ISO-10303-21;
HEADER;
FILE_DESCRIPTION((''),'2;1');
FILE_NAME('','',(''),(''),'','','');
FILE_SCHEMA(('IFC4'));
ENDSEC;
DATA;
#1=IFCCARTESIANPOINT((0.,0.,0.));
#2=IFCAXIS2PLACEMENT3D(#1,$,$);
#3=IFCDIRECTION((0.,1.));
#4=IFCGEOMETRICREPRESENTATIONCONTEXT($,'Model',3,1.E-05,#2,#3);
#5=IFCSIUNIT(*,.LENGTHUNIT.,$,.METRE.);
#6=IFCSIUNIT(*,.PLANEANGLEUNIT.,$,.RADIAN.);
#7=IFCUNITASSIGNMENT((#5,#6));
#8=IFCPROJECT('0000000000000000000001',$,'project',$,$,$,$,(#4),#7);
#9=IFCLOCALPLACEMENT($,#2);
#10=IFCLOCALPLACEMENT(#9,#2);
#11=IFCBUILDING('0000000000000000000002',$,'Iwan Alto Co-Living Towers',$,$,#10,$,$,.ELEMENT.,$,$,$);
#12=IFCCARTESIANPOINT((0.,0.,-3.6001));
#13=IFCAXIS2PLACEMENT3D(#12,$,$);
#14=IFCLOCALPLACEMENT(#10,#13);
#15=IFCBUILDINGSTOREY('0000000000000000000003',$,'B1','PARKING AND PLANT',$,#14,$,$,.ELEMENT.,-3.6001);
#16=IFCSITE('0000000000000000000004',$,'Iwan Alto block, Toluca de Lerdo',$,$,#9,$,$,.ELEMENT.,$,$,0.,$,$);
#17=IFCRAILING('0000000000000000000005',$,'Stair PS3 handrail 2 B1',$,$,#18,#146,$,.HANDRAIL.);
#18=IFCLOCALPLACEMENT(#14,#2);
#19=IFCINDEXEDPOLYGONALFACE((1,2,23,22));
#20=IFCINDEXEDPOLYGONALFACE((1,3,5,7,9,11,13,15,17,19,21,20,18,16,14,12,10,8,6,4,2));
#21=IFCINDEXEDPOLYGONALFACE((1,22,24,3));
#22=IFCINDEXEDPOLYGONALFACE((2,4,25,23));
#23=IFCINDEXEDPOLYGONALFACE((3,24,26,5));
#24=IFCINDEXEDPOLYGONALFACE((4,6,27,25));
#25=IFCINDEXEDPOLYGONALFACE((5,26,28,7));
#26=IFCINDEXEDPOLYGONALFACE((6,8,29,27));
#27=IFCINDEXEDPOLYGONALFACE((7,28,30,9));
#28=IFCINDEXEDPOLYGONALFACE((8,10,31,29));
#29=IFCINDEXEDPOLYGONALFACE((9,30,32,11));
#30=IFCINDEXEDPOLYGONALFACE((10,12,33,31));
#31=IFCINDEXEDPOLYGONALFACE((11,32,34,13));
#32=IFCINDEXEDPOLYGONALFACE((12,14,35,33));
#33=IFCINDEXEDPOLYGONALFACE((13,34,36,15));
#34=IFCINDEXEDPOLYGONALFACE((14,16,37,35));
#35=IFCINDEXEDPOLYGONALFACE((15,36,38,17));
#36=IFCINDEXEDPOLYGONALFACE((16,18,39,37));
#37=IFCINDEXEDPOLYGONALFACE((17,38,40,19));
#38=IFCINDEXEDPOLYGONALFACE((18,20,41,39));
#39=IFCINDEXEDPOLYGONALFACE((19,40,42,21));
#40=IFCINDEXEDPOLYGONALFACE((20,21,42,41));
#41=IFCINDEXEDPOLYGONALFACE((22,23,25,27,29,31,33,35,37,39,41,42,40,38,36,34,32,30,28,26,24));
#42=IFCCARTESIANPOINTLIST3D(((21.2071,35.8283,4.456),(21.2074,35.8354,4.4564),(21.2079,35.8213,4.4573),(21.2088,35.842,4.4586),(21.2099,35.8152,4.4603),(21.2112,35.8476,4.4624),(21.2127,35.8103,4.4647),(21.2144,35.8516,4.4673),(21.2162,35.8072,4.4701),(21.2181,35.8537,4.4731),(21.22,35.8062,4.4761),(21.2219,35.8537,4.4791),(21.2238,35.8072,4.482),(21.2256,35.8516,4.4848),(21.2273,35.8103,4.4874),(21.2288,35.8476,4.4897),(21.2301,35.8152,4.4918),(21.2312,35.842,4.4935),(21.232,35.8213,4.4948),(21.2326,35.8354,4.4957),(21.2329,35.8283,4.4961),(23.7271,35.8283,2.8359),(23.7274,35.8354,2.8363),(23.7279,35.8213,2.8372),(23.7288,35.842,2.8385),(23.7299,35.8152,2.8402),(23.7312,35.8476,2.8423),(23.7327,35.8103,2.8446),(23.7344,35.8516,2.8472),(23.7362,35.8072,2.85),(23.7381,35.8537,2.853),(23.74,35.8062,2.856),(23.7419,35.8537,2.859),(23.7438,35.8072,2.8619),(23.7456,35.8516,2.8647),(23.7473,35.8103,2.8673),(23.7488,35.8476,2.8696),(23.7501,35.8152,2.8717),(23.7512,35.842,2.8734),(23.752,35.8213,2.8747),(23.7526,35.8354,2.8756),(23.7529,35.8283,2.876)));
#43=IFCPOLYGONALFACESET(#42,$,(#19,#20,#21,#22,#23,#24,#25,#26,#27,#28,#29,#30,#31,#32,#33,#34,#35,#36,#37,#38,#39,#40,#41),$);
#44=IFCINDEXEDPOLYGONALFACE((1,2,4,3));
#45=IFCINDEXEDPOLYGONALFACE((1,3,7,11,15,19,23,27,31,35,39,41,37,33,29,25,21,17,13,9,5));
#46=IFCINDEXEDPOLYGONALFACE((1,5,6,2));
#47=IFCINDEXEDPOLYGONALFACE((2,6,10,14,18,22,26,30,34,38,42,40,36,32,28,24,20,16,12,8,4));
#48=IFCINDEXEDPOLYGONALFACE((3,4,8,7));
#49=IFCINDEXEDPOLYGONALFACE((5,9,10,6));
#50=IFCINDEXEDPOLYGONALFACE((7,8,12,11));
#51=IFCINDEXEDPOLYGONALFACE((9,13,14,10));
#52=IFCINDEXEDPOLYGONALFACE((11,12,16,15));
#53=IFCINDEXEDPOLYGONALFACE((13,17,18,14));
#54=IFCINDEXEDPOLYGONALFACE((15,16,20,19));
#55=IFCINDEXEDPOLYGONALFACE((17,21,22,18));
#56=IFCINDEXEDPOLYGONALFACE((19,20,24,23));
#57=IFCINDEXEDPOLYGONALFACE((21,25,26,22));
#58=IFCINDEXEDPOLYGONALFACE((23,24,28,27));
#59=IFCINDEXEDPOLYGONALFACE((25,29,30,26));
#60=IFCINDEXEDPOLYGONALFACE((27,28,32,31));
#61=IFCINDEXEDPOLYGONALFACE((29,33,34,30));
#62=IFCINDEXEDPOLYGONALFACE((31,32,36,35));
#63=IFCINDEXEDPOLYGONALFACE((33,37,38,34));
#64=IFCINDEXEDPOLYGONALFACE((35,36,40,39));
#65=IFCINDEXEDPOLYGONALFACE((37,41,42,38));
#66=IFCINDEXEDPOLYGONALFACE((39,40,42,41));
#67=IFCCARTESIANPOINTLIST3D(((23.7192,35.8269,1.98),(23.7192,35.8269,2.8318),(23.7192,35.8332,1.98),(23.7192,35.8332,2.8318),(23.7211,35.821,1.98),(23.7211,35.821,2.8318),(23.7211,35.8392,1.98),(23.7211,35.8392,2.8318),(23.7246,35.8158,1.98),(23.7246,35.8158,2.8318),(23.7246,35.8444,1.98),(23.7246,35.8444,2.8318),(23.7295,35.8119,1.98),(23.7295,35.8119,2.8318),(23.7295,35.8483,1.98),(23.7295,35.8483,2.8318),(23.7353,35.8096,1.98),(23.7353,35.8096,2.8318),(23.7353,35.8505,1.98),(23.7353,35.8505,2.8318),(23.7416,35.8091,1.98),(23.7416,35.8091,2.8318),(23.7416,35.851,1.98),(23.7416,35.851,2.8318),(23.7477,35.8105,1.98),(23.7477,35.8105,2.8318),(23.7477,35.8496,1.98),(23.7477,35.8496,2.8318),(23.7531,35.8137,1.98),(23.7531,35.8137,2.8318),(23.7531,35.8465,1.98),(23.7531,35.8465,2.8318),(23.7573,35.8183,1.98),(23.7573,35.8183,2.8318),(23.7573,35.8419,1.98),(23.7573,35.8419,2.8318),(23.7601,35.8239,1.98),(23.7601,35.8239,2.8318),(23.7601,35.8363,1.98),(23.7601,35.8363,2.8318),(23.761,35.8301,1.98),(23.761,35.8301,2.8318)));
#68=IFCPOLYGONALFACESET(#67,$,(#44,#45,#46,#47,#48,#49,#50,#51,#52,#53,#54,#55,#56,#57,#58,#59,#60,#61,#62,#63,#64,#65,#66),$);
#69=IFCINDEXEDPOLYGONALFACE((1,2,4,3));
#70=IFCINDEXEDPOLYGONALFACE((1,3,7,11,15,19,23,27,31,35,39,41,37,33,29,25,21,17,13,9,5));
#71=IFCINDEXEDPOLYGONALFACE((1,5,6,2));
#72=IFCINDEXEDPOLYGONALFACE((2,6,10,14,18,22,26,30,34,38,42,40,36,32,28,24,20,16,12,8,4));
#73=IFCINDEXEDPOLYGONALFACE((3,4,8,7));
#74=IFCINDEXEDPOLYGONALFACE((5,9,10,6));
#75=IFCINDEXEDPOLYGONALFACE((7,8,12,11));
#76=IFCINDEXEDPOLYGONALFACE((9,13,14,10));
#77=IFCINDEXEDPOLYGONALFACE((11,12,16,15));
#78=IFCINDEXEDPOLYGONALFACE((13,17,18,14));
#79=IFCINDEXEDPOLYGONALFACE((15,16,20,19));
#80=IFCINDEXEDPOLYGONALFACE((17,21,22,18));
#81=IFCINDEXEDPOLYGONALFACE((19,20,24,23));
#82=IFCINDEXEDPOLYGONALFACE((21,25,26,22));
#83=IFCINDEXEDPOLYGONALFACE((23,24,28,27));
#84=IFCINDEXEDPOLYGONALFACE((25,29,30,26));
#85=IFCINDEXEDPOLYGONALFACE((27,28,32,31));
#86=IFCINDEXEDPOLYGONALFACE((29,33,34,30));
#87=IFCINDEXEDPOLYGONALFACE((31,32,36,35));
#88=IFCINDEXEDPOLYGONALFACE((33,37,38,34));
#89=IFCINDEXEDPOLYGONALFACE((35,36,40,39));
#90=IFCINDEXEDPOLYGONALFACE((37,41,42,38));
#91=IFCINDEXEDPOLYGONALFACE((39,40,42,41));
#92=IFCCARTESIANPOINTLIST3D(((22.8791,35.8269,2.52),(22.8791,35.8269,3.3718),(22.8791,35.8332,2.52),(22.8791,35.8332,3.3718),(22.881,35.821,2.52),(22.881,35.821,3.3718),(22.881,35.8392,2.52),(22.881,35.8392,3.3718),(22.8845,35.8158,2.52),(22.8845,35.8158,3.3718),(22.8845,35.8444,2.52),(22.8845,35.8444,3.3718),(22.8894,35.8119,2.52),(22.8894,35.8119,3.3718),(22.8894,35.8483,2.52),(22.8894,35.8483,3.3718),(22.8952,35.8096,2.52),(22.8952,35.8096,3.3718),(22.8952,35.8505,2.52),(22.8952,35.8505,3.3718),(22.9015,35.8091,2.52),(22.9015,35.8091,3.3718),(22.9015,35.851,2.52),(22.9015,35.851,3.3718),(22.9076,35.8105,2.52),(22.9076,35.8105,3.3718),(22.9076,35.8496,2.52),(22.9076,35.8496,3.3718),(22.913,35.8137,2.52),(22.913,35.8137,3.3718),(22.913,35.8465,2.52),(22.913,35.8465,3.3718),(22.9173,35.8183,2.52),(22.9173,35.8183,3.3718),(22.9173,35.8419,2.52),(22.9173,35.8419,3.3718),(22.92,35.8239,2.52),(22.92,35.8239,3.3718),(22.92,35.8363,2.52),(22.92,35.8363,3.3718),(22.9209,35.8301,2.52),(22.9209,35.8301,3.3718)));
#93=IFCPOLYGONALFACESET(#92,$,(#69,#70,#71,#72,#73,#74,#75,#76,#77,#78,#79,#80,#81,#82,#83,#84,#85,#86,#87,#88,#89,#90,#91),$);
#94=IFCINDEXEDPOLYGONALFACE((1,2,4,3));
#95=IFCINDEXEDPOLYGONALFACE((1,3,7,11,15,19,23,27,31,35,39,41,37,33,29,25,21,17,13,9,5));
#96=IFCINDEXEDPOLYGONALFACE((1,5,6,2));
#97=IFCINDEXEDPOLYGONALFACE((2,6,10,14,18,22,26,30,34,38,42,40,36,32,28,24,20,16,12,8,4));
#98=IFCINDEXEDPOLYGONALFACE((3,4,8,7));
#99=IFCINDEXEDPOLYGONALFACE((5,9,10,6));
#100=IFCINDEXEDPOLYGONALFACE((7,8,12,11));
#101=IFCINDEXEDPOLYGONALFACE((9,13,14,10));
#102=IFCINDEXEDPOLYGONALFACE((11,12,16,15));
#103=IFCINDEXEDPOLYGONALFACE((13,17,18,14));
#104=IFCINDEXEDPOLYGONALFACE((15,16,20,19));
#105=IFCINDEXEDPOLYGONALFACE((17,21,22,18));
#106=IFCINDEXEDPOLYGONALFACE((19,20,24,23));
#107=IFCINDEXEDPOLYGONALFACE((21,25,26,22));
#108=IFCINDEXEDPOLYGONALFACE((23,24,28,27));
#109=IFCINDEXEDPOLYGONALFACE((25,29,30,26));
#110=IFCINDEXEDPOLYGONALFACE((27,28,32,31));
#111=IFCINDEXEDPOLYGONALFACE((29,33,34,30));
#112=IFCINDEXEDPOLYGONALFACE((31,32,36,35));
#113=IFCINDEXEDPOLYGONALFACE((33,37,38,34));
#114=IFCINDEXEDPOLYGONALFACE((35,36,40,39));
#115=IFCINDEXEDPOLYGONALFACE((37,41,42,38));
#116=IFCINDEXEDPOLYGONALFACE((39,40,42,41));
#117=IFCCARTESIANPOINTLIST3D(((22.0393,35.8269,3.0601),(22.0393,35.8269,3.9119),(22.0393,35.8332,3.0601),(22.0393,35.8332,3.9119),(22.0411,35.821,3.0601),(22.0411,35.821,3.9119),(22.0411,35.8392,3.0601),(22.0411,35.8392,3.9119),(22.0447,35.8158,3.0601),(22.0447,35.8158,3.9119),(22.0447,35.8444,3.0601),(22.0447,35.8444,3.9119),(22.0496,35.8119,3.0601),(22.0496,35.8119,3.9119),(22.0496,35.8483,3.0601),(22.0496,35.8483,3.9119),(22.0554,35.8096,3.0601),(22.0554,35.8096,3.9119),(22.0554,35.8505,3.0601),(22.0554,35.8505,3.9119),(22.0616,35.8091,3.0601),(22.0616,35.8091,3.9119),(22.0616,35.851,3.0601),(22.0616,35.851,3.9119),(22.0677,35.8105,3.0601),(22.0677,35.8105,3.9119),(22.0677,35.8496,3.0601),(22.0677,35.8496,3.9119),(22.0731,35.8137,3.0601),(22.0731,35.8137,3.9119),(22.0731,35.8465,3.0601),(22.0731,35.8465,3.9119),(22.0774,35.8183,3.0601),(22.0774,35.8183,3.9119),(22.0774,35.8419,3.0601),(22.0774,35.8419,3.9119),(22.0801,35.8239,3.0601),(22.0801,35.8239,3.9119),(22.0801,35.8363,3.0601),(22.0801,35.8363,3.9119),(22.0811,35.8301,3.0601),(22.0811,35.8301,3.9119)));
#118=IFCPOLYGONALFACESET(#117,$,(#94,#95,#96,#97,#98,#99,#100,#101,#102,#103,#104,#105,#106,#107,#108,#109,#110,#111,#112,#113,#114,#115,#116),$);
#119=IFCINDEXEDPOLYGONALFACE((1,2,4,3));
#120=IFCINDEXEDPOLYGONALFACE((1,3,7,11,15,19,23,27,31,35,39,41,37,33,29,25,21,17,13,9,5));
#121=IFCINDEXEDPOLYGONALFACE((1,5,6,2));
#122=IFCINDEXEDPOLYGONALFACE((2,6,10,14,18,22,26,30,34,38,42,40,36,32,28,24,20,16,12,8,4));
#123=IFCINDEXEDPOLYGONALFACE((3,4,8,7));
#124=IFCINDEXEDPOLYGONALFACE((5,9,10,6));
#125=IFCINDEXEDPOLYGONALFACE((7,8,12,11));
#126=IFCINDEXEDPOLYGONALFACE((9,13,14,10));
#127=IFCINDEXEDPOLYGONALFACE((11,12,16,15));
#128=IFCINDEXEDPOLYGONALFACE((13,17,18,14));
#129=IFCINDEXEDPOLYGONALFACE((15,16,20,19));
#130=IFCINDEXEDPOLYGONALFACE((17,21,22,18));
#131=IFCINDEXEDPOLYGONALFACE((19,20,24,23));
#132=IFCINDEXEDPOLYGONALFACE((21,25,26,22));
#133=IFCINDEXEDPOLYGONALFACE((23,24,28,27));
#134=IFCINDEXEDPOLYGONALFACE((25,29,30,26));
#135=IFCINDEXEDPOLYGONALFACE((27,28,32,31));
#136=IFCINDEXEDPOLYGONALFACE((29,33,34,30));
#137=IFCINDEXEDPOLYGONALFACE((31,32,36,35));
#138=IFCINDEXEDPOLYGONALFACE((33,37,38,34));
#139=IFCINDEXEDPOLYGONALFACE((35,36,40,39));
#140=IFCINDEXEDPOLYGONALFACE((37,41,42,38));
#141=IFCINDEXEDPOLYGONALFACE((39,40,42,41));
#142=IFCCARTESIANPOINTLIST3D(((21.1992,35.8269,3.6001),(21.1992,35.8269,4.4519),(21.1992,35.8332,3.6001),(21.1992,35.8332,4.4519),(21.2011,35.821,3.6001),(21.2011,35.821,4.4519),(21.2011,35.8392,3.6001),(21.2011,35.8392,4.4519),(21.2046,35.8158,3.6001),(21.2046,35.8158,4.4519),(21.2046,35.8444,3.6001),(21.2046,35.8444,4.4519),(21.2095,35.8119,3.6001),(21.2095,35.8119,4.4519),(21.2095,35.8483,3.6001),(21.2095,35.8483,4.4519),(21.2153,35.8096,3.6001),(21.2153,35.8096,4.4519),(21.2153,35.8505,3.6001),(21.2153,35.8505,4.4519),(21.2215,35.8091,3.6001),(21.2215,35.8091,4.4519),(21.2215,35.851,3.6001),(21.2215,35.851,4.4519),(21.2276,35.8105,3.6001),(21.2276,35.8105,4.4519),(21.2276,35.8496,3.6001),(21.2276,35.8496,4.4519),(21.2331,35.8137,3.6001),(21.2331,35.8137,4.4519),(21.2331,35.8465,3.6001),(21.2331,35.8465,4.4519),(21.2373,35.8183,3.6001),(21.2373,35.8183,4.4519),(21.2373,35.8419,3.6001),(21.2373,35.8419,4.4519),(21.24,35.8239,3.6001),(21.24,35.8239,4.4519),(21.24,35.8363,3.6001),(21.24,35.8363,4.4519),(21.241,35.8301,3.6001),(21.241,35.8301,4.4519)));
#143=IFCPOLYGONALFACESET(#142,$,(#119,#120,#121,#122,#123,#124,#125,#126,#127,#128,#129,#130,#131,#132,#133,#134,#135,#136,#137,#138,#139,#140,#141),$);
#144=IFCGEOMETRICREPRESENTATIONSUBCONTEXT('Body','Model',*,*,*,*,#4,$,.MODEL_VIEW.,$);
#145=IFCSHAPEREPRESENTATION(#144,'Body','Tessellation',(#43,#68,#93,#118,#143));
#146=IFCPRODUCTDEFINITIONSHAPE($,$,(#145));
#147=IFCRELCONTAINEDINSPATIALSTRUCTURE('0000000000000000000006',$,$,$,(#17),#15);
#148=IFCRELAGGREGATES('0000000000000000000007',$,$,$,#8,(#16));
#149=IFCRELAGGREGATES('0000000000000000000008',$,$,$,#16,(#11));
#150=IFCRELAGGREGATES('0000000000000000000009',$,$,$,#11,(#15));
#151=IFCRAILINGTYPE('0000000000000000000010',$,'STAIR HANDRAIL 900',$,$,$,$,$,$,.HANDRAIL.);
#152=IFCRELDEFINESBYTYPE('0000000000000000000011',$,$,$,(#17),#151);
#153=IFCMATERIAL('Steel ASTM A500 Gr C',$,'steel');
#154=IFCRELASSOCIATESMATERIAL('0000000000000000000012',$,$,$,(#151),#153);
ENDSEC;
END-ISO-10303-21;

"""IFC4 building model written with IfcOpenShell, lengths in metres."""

from ifc_helpers import new_model, si_unit, direction, frame, origin, origin_2d, place, context, subcontext, project, spatial, circle, extrude, material, type_object, element, save


model = new_model("IFC4")

# Units and contexts
model_context = context("Model", 3, precision=1e-05, world=origin(), true_north=direction((0.0, 1.0)))
body_context = subcontext(model_context, "Body", "Model", "MODEL_VIEW")
ifc_project = project(units=[si_unit("LENGTHUNIT", "METRE"), si_unit("PLANEANGLEUNIT", "RADIAN")], contexts=[model_context])

# Site, building, storey
site_placement = place(None, origin())
site = spatial("IfcSite", under=ifc_project, at=site_placement, Name="Iwan Alto block, Toluca de Lerdo", CompositionType="ELEMENT", RefElevation=0.0)
building_placement = place(site_placement, origin())
building = spatial("IfcBuilding", under=site, at=building_placement, Name="Iwan Alto Co-Living Towers", CompositionType="ELEMENT")
storey_placement = place(building_placement, frame((0.0, 0.0, -3.6001)))
storey = spatial("IfcBuildingStorey", under=building, at=storey_placement, Name="B1", Description="PARKING AND PLANT", CompositionType="ELEMENT", Elevation=-3.6001)

# Railing
ifc_material_1 = material(Name="Steel ASTM A500 Gr C", Category="steel")
railing_type_1 = type_object("IfcRailingType", Name="STAIR HANDRAIL 900", PredefinedType="HANDRAIL", material=ifc_material_1)
railing_1_placement = place(storey_placement, frame((23.74, 35.8301, 1.98)))
element("IfcRailing", 1, at=railing_1_placement, inside=storey, type_object=railing_type_1, Name="Stair PS3 handrail 2 B1", PredefinedType="HANDRAIL", context=body_context, shape_type="SweptSolid", body=[
    extrude(circle(Radius=0.0239, at=origin_2d()), frame((0.0, 0.0, 0.876), z_axis=(-0.841163, 0.0, 0.540782), x_axis=(0.0, -1.0, 0.0)), (0.0, 0.0, 1.0), 2.9958),
    extrude(circle(Radius=0.021, at=origin_2d()), origin(), (0.0, 0.0, 1.0), 0.8518),
    extrude(circle(Radius=0.021, at=origin_2d()), frame((-0.8401, 0.0, 0.54)), (0.0, 0.0, 1.0), 0.8518),
    extrude(circle(Radius=0.021, at=origin_2d()), frame((-1.6799, 0.0, 1.0801)), (0.0, 0.0, 1.0), 0.8518),
    extrude(circle(Radius=0.021, at=origin_2d()), frame((-2.52, 0.0, 1.6201)), (0.0, 0.0, 1.0), 0.8518),
])

save(model, "model.ifc")
